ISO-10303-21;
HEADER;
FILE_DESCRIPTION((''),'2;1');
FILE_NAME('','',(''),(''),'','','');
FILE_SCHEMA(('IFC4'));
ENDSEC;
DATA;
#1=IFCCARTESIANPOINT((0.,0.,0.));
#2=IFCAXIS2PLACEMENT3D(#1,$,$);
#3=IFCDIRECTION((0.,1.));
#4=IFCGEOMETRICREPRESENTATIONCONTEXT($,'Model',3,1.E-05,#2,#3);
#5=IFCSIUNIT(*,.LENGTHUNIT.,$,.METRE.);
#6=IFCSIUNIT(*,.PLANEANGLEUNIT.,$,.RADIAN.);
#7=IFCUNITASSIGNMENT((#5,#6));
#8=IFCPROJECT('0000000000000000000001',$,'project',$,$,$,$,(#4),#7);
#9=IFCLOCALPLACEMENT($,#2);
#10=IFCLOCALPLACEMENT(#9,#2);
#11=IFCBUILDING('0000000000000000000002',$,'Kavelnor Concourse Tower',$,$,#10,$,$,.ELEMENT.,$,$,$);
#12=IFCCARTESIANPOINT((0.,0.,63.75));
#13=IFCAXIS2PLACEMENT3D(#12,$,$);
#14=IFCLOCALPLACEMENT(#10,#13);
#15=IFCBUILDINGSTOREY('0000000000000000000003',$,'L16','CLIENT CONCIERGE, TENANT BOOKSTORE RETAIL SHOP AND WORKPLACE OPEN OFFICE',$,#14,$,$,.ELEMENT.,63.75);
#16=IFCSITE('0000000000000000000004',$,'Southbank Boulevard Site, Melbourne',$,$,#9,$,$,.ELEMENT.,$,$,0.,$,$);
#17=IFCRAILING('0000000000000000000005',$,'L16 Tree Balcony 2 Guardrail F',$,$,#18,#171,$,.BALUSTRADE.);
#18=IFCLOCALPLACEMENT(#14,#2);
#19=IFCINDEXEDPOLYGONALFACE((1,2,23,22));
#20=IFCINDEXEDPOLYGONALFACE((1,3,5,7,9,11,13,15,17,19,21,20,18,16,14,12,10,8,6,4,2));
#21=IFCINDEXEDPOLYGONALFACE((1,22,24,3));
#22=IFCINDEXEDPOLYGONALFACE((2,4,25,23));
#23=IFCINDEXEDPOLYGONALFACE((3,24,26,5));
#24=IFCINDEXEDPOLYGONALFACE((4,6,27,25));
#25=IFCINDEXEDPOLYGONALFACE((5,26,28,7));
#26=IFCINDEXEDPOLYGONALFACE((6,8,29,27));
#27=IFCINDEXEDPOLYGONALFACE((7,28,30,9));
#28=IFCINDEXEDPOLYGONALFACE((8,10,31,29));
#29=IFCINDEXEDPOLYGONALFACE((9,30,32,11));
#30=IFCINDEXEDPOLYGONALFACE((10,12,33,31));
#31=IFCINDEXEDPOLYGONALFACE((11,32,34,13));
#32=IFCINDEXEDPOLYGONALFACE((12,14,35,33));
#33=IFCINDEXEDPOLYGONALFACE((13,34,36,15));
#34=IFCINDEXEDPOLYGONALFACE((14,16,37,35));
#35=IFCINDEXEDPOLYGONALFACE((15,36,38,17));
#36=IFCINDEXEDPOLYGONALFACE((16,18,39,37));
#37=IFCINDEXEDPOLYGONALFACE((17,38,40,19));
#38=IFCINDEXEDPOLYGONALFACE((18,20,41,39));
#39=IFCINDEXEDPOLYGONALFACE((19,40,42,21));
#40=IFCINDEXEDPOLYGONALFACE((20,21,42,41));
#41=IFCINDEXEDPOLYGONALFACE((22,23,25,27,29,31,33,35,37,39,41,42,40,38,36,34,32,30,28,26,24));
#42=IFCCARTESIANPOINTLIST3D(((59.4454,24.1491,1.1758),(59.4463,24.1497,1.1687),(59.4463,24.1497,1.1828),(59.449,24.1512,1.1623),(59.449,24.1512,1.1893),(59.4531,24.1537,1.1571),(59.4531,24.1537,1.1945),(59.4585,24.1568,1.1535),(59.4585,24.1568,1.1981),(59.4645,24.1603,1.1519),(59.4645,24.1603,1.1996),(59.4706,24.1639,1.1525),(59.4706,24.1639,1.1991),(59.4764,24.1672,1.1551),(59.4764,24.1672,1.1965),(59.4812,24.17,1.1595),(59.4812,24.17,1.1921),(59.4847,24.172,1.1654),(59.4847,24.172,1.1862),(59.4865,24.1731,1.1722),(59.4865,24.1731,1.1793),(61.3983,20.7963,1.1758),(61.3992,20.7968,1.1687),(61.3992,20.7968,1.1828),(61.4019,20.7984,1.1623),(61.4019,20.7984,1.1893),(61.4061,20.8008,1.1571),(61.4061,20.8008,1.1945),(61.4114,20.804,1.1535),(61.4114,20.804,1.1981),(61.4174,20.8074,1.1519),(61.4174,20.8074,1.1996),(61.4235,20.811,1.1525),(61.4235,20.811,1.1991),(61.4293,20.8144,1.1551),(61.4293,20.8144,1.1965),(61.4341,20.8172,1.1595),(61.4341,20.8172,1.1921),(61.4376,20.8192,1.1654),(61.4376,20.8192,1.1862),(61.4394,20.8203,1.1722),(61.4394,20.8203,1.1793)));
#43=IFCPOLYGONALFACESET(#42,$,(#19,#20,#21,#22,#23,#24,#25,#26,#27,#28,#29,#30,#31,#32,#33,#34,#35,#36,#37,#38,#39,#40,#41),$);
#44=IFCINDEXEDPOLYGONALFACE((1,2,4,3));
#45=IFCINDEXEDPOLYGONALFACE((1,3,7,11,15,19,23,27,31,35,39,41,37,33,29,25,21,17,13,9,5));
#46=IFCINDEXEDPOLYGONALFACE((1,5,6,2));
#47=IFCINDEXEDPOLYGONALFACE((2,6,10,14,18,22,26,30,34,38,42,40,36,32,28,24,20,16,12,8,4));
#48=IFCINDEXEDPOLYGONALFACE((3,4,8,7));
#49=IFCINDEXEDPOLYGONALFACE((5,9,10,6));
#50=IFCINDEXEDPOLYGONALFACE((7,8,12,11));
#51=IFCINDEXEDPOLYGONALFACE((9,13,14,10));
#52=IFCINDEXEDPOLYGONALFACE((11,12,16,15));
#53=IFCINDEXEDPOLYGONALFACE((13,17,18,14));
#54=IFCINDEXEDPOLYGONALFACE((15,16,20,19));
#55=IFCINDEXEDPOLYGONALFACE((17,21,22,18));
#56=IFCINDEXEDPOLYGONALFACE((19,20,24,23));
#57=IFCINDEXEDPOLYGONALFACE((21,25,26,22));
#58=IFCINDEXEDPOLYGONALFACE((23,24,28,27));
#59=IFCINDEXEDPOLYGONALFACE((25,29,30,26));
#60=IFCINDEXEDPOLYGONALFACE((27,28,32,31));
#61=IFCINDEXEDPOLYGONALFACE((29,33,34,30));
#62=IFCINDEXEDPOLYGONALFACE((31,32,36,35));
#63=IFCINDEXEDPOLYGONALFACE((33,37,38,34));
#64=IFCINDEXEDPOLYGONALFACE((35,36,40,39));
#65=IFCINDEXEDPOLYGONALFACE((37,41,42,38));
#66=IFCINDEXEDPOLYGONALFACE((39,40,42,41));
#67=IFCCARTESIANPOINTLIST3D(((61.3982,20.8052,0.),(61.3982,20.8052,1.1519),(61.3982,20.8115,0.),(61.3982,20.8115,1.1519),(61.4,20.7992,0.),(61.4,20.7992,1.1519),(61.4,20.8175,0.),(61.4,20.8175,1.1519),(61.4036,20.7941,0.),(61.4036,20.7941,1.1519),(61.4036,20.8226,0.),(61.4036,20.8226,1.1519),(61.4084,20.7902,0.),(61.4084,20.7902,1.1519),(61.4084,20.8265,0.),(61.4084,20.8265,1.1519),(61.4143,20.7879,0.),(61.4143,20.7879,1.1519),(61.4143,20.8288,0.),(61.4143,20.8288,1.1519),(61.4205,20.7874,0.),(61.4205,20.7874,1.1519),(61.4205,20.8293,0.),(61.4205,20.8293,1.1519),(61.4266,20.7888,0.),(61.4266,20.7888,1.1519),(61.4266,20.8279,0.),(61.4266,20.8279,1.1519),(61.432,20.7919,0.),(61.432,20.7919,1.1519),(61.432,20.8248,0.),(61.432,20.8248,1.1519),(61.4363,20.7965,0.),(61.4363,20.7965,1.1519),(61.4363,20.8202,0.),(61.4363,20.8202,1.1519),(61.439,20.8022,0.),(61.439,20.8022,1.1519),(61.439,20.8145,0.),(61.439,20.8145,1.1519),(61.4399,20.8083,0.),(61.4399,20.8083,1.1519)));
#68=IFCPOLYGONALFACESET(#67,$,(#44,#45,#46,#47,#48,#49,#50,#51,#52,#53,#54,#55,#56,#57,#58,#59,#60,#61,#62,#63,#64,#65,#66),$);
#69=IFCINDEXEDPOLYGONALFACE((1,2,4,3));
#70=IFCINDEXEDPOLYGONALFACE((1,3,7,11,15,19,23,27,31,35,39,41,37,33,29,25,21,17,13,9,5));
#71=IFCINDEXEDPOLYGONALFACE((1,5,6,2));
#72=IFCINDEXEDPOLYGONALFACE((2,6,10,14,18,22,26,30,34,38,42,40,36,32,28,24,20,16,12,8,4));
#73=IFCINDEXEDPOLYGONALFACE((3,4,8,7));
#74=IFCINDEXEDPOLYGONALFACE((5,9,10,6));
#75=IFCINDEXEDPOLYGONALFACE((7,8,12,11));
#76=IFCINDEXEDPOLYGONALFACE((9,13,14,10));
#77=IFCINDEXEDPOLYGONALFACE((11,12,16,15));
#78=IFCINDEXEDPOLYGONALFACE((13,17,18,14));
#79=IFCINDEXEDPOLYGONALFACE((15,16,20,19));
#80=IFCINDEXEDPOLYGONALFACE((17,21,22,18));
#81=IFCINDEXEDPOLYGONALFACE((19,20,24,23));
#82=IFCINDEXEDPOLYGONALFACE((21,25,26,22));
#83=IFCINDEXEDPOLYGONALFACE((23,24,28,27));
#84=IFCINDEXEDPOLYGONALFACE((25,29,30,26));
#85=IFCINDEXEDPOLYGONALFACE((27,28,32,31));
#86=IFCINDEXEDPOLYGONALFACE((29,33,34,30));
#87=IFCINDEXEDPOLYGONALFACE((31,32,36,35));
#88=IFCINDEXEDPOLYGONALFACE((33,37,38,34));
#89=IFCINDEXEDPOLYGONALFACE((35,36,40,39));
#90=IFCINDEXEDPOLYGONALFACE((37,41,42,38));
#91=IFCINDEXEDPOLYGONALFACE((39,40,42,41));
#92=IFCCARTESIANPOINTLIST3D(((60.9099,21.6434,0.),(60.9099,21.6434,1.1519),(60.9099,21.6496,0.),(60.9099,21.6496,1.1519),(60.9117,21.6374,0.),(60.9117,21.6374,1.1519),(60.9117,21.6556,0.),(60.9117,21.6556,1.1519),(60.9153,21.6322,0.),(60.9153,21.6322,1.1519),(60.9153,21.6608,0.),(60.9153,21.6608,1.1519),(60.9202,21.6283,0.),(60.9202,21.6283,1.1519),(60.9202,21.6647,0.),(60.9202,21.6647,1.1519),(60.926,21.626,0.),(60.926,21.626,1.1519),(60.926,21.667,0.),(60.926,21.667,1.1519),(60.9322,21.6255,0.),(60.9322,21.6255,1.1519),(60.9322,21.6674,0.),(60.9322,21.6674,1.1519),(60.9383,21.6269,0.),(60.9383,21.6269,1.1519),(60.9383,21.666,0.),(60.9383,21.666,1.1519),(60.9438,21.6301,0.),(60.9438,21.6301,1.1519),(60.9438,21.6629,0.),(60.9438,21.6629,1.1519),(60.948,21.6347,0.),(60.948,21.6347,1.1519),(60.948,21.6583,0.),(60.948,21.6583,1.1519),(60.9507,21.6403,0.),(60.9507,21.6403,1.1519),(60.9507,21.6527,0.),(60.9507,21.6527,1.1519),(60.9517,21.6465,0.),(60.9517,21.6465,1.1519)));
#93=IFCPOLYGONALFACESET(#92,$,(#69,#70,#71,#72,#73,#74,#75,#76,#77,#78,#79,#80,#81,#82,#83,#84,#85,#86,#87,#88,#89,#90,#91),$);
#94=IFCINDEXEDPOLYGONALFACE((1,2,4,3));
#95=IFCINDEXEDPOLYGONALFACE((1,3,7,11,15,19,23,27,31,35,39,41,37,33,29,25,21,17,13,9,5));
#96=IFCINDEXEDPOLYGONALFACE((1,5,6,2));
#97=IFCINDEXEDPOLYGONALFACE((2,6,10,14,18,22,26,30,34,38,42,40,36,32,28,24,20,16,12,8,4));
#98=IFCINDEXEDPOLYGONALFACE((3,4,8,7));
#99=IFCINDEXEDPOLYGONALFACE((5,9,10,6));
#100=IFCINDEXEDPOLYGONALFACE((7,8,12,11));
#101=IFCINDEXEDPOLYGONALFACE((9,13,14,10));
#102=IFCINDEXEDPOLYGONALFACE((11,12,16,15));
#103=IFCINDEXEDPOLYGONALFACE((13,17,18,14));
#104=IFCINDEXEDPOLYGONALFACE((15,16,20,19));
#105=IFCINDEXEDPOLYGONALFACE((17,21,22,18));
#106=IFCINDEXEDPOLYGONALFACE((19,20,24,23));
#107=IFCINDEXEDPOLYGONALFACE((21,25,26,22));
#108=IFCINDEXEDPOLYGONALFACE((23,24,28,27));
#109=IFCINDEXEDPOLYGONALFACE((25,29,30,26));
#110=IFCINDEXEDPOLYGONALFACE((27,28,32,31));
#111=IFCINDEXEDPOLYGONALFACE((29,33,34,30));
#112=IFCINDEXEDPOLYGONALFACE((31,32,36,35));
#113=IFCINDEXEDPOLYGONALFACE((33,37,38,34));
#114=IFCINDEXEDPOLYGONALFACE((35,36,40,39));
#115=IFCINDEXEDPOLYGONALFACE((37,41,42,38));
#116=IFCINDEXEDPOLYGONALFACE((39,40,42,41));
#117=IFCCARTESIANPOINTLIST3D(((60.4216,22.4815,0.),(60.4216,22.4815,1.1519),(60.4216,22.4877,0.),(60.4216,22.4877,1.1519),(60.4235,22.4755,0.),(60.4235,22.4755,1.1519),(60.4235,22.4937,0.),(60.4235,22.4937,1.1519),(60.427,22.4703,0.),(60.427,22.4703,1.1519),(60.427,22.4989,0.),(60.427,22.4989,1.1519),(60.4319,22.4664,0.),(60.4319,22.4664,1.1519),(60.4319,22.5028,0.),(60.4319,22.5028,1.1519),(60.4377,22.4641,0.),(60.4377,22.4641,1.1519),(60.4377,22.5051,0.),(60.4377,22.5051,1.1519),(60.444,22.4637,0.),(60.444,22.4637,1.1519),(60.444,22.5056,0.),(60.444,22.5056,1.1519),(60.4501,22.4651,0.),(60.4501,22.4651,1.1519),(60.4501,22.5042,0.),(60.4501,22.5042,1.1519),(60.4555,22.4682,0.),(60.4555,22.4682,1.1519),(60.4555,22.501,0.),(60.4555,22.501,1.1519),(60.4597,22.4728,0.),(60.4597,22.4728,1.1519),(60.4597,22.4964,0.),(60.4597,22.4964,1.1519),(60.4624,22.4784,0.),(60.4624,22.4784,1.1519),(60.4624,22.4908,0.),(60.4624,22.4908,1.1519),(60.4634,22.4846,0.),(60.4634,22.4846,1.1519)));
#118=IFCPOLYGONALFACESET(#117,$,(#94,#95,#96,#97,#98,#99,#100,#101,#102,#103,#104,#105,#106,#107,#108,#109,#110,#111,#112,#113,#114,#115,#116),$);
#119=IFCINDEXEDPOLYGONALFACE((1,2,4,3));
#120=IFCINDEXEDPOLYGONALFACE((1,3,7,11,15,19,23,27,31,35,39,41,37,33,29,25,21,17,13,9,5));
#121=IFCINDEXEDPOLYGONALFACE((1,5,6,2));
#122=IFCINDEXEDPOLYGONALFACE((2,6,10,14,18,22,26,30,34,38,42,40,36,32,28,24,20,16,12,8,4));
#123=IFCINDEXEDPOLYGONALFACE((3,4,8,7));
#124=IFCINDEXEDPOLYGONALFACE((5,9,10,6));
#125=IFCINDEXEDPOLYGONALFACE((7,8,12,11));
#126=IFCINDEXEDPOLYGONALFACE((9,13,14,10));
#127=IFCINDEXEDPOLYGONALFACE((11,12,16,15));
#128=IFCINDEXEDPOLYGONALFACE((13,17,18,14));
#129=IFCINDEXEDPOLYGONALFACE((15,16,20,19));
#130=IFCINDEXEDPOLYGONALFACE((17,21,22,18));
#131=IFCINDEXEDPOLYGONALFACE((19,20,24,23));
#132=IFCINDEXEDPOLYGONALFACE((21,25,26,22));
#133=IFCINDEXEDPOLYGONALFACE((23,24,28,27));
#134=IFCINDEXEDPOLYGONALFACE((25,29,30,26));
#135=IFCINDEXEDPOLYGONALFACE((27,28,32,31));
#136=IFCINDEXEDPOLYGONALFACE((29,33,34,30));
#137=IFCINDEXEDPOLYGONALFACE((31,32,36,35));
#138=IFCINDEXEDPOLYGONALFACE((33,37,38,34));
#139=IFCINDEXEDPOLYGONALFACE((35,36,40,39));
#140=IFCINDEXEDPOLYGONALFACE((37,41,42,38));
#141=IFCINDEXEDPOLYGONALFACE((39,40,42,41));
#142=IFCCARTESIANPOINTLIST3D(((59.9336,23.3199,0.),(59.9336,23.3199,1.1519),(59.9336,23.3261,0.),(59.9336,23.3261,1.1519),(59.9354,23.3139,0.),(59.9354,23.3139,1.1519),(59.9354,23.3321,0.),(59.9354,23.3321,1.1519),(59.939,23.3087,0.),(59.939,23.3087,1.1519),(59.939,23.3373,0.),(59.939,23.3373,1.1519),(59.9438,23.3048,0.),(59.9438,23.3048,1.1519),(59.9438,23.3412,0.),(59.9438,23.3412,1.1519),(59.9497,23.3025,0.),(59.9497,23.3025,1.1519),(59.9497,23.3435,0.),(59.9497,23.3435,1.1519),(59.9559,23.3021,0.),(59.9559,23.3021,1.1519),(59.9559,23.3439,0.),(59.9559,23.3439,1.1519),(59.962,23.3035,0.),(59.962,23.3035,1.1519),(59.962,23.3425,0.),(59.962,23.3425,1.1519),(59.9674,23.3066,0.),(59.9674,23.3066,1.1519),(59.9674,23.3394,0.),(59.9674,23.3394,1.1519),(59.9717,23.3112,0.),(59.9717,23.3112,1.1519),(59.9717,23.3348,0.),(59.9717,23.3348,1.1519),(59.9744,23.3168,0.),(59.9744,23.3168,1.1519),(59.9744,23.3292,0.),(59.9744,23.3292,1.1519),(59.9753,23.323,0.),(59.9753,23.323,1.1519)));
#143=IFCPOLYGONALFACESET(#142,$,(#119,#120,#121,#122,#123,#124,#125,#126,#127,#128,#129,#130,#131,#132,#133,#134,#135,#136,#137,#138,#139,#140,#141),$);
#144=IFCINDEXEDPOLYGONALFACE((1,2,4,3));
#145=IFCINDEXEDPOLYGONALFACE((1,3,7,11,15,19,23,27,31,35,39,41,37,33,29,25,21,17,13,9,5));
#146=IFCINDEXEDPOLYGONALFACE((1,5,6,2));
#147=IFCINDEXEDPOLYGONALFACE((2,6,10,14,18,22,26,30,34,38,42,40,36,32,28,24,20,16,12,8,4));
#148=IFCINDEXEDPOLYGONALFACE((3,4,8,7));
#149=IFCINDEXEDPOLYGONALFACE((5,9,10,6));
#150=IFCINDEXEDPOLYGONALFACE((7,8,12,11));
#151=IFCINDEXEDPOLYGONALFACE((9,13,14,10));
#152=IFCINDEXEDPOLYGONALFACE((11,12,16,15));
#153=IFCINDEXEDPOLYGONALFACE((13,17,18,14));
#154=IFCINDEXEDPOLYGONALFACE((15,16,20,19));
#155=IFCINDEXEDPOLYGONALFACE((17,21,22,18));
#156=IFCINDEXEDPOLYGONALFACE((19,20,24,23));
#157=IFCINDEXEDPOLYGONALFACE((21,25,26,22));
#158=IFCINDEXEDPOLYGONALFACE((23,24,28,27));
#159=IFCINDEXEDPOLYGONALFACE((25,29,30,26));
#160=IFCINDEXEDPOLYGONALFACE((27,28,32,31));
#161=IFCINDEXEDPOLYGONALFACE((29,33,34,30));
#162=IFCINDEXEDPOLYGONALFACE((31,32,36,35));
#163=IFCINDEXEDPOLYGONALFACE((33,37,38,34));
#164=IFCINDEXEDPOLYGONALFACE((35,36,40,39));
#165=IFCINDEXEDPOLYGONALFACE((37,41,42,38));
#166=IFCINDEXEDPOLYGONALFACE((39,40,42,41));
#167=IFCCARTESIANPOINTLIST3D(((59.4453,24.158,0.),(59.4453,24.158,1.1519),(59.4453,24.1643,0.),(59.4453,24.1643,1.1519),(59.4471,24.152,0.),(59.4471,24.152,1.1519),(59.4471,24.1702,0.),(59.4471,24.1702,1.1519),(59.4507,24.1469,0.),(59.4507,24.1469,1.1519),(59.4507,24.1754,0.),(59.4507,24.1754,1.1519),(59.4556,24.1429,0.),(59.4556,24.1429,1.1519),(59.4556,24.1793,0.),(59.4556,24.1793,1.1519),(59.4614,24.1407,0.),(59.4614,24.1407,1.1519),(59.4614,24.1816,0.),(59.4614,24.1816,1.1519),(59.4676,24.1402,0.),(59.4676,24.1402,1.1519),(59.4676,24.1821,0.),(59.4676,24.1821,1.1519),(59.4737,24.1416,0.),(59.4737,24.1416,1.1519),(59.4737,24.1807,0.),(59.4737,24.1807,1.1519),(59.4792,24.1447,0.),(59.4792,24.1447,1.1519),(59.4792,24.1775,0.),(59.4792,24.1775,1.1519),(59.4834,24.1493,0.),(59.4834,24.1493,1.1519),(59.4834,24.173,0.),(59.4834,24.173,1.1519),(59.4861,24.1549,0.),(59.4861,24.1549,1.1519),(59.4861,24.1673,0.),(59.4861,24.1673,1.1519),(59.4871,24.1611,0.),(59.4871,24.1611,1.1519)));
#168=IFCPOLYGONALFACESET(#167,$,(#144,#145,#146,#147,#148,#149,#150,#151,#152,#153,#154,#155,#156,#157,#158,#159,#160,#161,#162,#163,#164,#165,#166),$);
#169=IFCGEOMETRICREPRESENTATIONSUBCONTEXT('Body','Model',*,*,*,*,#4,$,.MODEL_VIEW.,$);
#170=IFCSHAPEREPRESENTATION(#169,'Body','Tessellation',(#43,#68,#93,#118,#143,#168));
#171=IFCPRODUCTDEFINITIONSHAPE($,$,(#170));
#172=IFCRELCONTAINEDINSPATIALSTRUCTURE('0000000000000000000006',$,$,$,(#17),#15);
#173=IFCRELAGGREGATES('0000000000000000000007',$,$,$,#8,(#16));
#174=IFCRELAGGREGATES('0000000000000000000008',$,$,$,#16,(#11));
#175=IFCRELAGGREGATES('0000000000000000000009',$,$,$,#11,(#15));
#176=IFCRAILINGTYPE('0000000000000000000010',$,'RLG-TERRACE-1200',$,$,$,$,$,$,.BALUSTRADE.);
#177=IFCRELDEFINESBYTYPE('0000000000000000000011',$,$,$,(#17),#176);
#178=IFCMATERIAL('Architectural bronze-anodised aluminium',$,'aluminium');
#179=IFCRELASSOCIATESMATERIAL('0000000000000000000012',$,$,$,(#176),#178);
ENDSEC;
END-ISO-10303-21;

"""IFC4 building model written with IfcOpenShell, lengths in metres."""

from ifc_helpers import new_model, si_unit, direction, frame, origin, origin_2d, place, context, subcontext, project, spatial, circle, extrude, material, type_object, element, save


model = new_model("IFC4")

# Units and contexts
model_context = context("Model", 3, precision=1e-05, world=origin(), true_north=direction((0.0, 1.0)))
body_context = subcontext(model_context, "Body", "Model", "MODEL_VIEW")
ifc_project = project(units=[si_unit("LENGTHUNIT", "METRE"), si_unit("PLANEANGLEUNIT", "RADIAN")], contexts=[model_context])

# Site, building, storey
site_placement = place(None, origin())
site = spatial("IfcSite", under=ifc_project, at=site_placement, Name="Southbank Boulevard Site, Melbourne", CompositionType="ELEMENT", RefElevation=0.0)
building_placement = place(site_placement, origin())
building = spatial("IfcBuilding", under=site, at=building_placement, Name="Kavelnor Concourse Tower", CompositionType="ELEMENT")
storey_placement = place(building_placement, frame((0.0, 0.0, 63.75)))
storey = spatial("IfcBuildingStorey", under=building, at=storey_placement, Name="L16", Description="CLIENT CONCIERGE, TENANT BOOKSTORE RETAIL SHOP AND WORKPLACE OPEN OFFICE", CompositionType="ELEMENT", Elevation=63.75)

# Railing
ifc_material_1 = material(Name="Architectural bronze-anodised aluminium", Category="aluminium")
railing_type_1 = type_object("IfcRailingType", Name="RLG-TERRACE-1200", PredefinedType="BALUSTRADE", material=ifc_material_1)
railing_1_placement = place(storey_placement, frame((61.4189, 20.8083, 0.0)))
element("IfcRailing", 1, at=railing_1_placement, inside=storey, type_object=railing_type_1, Name="L16 Tree Balcony 2 Guardrail F", PredefinedType="BALUSTRADE", context=body_context, shape_type="SweptSolid", body=[
    extrude(circle(Radius=0.0239, at=origin_2d()), frame((0.0, 0.0, 1.1758), z_axis=(-0.503311, 0.864105, 0.0), x_axis=(-0.864105, -0.503311, 0.0)), (0.0, 0.0, 1.0), 3.8801),
    extrude(circle(Radius=0.021, at=origin_2d()), origin(), (0.0, 0.0, 1.0), 1.1519),
    extrude(circle(Radius=0.021, at=origin_2d()), frame((-0.4883, 0.8381, 0.0)), (0.0, 0.0, 1.0), 1.1519),
    extrude(circle(Radius=0.021, at=origin_2d()), frame((-0.9766, 1.6763, 0.0)), (0.0, 0.0, 1.0), 1.1519),
    extrude(circle(Radius=0.021, at=origin_2d()), frame((-1.4646, 2.5146, 0.0)), (0.0, 0.0, 1.0), 1.1519),
    extrude(circle(Radius=0.021, at=origin_2d()), frame((-1.9529, 3.3528, 0.0)), (0.0, 0.0, 1.0), 1.1519),
])

save(model, "model.ifc")
